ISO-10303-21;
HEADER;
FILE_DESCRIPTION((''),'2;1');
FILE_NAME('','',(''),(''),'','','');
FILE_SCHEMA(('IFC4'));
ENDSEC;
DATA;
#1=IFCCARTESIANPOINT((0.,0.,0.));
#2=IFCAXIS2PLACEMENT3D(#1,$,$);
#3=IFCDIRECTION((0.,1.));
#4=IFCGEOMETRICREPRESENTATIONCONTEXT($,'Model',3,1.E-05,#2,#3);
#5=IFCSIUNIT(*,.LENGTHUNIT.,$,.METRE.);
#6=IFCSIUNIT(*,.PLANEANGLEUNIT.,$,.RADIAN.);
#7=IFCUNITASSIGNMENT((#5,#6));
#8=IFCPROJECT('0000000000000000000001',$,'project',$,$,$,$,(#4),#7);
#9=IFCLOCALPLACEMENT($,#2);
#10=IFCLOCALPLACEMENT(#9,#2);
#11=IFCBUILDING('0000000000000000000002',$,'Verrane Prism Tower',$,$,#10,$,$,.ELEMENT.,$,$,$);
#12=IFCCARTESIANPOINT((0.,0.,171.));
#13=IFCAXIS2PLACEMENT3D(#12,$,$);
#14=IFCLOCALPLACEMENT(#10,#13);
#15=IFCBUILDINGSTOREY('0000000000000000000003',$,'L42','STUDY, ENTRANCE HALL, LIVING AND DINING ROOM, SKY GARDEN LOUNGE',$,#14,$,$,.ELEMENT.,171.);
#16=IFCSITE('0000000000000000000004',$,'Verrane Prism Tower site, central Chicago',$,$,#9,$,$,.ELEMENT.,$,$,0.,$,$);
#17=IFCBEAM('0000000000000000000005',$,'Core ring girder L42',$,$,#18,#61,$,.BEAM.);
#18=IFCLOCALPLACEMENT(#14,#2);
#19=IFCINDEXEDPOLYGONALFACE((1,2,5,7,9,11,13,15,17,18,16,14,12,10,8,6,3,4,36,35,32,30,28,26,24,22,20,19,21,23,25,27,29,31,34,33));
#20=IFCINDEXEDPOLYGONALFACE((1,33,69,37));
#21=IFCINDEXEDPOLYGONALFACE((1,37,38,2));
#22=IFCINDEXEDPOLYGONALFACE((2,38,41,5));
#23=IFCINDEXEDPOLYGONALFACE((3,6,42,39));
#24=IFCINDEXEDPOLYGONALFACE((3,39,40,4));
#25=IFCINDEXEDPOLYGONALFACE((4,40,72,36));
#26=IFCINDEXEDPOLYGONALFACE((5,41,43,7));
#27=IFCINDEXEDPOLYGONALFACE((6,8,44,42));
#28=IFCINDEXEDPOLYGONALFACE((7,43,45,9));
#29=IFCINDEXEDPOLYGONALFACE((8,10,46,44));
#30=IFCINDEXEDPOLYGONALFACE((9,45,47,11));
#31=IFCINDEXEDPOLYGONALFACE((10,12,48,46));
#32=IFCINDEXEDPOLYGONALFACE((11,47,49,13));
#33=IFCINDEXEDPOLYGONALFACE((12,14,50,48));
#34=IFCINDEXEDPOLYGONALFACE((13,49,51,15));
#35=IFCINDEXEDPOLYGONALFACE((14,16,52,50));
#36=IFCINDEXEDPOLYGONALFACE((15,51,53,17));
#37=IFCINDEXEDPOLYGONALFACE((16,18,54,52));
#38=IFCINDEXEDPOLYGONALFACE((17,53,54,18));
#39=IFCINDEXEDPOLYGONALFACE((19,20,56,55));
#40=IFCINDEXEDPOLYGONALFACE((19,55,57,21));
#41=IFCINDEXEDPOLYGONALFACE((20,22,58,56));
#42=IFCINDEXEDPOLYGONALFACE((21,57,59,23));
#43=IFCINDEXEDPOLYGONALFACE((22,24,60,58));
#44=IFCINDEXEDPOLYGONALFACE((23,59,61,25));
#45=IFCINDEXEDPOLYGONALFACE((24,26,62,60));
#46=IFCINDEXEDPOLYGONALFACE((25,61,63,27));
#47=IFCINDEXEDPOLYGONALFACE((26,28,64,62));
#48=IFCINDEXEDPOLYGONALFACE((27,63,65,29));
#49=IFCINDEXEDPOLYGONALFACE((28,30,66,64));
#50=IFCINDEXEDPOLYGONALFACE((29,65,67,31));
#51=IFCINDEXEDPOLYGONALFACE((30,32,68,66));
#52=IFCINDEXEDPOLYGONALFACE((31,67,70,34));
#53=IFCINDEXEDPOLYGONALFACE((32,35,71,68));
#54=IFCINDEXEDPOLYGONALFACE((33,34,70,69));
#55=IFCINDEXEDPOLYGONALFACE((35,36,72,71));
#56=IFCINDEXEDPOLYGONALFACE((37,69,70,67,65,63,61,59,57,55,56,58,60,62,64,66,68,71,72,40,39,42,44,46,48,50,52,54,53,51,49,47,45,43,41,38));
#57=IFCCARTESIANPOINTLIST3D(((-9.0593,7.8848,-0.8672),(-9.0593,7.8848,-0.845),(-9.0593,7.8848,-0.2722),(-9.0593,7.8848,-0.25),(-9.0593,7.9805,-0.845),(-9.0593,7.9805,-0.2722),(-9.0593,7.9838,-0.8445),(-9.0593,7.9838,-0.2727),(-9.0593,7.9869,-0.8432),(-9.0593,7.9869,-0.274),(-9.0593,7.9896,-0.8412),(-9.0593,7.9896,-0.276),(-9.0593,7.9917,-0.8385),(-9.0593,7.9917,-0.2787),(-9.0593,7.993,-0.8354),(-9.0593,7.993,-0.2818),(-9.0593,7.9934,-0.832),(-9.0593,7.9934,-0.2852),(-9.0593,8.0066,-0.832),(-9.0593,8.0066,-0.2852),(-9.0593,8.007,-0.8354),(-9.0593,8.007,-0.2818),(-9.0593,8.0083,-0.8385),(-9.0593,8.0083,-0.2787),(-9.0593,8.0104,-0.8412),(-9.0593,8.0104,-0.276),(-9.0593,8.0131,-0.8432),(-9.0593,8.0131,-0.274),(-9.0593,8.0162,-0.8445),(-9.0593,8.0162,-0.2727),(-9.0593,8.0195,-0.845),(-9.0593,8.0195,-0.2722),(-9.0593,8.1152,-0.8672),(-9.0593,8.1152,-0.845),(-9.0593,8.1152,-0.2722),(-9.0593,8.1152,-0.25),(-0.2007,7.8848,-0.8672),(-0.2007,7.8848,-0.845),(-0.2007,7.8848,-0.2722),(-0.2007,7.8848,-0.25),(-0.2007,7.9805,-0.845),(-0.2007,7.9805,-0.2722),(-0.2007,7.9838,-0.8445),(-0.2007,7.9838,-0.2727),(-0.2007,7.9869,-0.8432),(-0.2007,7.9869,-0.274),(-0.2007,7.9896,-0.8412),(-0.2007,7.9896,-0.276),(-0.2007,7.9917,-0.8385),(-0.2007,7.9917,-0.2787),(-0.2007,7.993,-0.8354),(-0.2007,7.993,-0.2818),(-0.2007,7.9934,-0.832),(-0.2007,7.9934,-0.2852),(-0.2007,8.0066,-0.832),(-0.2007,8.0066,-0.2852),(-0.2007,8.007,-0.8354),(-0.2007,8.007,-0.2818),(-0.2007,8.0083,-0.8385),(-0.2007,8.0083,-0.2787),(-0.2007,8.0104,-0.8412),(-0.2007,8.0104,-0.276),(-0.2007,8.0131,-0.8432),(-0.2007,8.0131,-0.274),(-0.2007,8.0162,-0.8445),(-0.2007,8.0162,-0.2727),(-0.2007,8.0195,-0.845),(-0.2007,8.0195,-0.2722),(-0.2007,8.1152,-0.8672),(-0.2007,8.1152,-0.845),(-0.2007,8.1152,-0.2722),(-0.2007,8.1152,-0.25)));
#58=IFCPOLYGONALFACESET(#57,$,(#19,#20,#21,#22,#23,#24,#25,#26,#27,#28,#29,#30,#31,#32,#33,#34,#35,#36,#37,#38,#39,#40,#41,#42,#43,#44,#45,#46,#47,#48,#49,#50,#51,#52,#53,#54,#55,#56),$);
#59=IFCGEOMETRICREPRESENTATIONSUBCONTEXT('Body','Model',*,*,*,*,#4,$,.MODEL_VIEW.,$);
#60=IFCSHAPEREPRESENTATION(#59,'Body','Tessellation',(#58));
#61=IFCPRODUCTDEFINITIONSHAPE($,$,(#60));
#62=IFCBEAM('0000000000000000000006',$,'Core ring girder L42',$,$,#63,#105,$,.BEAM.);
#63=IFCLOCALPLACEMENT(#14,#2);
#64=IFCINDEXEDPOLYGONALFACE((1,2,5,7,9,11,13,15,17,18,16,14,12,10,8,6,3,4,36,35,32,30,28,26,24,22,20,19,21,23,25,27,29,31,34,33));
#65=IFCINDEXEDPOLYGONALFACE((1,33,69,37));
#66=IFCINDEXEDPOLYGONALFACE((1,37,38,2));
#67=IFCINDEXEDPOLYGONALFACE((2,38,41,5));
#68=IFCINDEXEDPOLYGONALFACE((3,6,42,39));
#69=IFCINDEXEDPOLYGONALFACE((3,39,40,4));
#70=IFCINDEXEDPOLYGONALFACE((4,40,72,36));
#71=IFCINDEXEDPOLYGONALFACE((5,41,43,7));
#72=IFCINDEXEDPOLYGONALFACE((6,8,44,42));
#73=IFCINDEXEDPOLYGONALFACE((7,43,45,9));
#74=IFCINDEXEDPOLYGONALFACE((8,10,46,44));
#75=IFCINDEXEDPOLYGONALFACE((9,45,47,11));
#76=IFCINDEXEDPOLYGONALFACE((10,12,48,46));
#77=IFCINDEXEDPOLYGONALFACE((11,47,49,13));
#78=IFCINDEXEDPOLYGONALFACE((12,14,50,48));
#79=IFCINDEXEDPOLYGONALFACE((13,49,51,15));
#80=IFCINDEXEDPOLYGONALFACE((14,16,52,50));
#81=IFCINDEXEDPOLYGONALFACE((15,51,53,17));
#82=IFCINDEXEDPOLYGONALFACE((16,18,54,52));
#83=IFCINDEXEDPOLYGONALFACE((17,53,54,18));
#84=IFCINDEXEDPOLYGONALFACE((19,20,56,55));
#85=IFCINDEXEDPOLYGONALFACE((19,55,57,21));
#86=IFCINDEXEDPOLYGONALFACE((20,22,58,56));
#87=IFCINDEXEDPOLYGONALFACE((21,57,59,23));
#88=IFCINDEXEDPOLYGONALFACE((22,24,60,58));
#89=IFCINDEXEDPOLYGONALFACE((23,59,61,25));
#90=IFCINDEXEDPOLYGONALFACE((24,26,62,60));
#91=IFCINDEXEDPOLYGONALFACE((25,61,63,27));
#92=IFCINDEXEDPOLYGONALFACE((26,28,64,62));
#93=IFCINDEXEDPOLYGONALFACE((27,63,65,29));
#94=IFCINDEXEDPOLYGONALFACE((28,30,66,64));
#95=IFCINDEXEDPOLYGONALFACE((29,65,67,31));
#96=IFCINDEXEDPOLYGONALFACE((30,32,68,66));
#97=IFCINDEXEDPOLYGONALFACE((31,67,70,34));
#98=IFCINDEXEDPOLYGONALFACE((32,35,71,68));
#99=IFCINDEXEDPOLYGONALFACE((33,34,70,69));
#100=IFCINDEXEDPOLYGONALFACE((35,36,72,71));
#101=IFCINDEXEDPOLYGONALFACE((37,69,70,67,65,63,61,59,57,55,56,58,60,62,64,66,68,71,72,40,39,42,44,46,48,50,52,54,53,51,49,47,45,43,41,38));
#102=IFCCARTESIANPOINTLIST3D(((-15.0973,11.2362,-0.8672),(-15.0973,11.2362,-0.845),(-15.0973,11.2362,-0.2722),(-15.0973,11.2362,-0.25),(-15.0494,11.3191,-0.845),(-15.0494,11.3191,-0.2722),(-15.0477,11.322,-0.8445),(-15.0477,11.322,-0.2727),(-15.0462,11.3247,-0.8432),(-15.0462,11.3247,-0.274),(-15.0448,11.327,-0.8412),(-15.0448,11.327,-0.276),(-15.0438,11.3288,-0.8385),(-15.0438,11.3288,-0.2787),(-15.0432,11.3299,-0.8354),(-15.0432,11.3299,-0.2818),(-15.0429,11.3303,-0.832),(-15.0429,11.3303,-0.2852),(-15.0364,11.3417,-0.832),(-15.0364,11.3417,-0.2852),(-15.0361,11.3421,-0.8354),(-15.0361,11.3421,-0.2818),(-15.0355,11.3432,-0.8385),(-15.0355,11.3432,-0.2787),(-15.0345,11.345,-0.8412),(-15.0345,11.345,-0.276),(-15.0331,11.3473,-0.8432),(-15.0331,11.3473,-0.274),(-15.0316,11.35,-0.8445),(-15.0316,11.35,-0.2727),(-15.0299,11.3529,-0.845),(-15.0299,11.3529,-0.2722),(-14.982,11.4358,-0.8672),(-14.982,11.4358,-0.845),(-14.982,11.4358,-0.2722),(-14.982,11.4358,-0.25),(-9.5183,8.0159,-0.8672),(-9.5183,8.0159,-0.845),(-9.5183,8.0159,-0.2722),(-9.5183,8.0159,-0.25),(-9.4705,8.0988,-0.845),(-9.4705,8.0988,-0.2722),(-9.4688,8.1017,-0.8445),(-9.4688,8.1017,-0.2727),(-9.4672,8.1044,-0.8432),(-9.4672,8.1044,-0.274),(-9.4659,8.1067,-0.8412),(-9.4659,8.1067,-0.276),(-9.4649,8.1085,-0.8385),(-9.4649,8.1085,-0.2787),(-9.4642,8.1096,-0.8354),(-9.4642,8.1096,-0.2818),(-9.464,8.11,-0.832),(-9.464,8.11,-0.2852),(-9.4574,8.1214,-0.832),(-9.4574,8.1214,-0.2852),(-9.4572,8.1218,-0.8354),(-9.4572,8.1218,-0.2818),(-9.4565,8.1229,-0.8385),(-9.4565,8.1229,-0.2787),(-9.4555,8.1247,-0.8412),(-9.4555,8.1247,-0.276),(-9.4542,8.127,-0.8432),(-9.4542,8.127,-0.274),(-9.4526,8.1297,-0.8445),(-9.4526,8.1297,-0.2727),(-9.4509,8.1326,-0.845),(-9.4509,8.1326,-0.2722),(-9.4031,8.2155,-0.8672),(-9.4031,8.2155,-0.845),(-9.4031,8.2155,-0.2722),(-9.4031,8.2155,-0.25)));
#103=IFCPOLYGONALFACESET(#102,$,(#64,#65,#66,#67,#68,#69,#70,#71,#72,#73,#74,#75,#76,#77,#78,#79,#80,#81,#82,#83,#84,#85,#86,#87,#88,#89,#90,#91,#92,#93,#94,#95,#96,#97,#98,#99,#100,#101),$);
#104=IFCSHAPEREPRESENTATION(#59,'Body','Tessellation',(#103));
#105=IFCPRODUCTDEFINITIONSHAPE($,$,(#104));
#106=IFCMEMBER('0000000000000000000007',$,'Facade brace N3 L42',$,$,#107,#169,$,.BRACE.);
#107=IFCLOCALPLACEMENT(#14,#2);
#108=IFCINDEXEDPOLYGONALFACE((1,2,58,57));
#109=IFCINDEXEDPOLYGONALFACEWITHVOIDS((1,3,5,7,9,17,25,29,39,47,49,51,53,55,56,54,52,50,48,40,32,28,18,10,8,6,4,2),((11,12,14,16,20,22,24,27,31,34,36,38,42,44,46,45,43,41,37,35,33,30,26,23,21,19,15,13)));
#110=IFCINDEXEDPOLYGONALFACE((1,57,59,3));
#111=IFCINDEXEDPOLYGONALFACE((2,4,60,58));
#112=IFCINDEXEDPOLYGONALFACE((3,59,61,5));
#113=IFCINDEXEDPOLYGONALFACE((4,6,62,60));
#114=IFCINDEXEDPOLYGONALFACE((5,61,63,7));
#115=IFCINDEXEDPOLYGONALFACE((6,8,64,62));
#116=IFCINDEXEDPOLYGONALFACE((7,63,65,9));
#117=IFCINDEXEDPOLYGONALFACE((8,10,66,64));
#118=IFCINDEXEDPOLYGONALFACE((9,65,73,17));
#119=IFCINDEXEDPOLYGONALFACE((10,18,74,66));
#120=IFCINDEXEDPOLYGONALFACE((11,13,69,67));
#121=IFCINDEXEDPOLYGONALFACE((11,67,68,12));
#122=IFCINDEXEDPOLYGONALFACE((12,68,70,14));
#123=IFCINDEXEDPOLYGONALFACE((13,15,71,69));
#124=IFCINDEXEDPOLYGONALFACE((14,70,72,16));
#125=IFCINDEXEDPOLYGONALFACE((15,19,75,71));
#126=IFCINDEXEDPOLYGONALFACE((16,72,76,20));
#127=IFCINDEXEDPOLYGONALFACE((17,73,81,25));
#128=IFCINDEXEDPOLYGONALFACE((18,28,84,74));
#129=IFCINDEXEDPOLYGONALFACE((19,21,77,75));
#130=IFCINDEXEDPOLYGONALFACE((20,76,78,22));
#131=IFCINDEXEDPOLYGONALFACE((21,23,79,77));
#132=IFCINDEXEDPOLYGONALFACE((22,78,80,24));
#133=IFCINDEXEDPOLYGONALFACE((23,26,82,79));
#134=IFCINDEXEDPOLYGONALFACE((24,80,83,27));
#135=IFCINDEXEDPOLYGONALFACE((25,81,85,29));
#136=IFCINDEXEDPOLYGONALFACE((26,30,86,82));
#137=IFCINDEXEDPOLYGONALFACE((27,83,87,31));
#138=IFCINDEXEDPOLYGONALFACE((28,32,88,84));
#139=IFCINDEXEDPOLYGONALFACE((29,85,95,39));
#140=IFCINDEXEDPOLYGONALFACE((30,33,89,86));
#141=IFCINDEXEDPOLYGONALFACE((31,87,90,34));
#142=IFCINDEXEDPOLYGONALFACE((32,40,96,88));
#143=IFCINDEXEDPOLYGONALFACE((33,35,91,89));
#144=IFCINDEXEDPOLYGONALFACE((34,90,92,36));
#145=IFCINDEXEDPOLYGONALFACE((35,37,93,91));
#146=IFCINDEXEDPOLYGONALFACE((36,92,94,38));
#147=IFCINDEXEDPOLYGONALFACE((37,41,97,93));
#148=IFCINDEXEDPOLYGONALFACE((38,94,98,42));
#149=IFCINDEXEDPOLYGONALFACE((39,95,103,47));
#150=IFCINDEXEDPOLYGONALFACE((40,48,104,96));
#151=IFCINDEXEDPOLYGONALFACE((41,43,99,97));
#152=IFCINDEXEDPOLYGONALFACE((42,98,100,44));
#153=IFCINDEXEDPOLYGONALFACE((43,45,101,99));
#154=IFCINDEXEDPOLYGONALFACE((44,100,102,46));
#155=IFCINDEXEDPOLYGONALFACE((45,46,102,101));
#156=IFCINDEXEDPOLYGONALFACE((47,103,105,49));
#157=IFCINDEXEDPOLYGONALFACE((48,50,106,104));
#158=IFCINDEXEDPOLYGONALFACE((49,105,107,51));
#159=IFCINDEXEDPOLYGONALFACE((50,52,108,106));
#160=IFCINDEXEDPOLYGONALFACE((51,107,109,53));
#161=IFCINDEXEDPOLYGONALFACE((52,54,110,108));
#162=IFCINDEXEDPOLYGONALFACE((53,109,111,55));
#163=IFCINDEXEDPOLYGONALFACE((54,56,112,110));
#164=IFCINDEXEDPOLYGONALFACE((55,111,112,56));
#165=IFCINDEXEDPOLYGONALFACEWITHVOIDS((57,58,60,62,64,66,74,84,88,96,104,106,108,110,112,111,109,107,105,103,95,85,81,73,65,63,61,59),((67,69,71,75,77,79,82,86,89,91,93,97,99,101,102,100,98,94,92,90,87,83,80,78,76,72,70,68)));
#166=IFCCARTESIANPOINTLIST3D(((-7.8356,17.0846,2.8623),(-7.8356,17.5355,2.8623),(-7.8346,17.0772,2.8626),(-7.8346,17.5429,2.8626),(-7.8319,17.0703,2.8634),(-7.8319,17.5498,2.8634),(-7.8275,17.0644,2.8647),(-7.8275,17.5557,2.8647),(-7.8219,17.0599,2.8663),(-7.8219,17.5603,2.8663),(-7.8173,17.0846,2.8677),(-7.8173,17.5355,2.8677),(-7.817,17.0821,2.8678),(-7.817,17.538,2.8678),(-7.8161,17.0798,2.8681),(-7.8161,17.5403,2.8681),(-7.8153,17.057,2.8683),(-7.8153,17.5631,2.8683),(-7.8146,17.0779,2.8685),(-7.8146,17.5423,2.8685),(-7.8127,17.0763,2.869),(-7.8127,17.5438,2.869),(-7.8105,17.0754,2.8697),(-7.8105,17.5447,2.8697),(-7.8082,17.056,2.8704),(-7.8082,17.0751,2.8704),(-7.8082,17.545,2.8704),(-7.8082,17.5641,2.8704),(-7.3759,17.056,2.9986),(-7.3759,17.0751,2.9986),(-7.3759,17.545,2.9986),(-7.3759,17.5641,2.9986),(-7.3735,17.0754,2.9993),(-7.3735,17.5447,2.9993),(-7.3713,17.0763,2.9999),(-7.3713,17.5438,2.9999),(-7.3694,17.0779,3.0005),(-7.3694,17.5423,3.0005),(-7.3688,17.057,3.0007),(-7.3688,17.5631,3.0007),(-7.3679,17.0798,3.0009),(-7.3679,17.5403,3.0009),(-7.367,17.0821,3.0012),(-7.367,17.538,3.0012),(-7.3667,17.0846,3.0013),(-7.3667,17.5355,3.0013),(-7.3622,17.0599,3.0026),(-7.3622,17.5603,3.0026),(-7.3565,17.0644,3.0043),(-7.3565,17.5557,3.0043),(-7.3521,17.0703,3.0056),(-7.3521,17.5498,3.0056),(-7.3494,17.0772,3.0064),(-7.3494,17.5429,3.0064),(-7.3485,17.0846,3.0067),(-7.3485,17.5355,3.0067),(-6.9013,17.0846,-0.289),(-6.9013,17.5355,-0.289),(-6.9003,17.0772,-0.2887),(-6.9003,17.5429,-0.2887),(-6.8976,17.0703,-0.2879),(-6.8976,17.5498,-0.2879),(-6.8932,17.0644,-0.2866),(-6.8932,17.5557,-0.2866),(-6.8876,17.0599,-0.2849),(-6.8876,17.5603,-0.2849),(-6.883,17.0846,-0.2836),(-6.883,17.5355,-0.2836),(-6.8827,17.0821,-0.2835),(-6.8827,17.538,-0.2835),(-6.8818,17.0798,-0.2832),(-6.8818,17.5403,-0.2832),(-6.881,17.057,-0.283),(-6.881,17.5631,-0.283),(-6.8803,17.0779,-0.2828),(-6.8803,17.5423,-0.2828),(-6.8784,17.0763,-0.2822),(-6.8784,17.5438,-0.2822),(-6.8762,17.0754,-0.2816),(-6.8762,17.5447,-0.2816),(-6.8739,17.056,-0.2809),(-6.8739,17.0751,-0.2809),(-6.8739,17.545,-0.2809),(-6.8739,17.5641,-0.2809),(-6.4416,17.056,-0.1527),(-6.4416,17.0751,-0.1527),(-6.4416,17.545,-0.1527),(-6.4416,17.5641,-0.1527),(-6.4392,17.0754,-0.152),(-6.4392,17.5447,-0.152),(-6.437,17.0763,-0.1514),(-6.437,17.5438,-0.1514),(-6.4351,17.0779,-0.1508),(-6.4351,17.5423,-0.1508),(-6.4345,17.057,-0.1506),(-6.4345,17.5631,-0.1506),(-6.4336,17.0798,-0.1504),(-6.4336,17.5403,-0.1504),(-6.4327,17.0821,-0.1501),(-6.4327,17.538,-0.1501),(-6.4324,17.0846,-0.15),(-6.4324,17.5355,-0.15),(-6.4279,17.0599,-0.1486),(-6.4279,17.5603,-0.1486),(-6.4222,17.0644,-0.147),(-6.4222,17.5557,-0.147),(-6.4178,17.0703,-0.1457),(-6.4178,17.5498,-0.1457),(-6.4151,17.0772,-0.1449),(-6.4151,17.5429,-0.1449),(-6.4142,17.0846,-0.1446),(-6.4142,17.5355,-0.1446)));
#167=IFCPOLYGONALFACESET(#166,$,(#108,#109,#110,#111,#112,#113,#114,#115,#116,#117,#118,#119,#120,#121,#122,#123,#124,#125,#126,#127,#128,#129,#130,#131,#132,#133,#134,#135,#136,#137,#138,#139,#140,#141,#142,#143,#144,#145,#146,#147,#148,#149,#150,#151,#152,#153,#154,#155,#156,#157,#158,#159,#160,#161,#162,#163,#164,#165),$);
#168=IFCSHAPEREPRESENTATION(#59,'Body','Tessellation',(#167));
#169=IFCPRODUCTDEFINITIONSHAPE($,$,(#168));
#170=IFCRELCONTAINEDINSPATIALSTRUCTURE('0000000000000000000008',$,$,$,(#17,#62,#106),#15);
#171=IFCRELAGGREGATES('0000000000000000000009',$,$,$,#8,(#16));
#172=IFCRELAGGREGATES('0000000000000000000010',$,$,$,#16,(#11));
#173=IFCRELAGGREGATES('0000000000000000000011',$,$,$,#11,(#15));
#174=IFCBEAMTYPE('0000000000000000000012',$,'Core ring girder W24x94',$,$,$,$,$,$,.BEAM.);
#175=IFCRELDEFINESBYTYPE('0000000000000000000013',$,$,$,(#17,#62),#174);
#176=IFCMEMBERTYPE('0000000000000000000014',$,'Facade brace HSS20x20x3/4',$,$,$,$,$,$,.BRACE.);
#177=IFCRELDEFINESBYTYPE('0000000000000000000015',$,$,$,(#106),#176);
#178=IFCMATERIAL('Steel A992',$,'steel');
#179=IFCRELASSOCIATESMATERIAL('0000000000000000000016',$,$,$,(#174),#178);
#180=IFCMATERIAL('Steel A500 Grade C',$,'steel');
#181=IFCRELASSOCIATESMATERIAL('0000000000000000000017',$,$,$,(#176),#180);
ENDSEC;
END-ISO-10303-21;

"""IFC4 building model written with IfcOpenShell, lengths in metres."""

from ifc_helpers import new_model, si_unit, direction, frame, origin, origin_2d, place, context, subcontext, project, spatial, hollow_rectangle, i_section, extrude, material, material_profile, profile_set, type_object, element, save


model = new_model("IFC4")

# Units and contexts
model_context = context("Model", 3, precision=1e-05, world=origin(), true_north=direction((0.0, 1.0)))
body_context = subcontext(model_context, "Body", "Model", "MODEL_VIEW")
ifc_project = project(units=[si_unit("LENGTHUNIT", "METRE"), si_unit("PLANEANGLEUNIT", "RADIAN")], contexts=[model_context])

# Site, building, storey
site_placement = place(None, origin())
site = spatial("IfcSite", under=ifc_project, at=site_placement, Name="Verrane Prism Tower site, central Chicago", CompositionType="ELEMENT", RefElevation=0.0)
building_placement = place(site_placement, origin())
building = spatial("IfcBuilding", under=site, at=building_placement, Name="Verrane Prism Tower", CompositionType="ELEMENT")
storey_placement = place(building_placement, frame((0.0, 0.0, 171.0)))
storey = spatial("IfcBuildingStorey", under=building, at=storey_placement, Name="L42", Description="STUDY, ENTRANCE HALL, LIVING AND DINING ROOM, SKY GARDEN LOUNGE", CompositionType="ELEMENT", Elevation=171.0)

# Beams
ifc_material_1 = material(Name="Steel A992", Category="steel")
ifc_material_profile_1 = material_profile(ifc_material_1, i_section(OverallWidth=0.2305, OverallDepth=0.6172, WebThickness=0.0132, FlangeThickness=0.0222, FilletRadius=0.0129, at=origin_2d()), Name="W24x94")
ifc_profile_set_1 = profile_set([ifc_material_profile_1], Name="Steel A992")
beam_type_1 = type_object("IfcBeamType", Name="Core ring girder W24x94", PredefinedType="BEAM", material=ifc_profile_set_1)
beam_1_placement = place(storey_placement, frame((-0.2007, 8.0, -0.5586), z_axis=(-1.0, 0.0, 0.0), x_axis=(0.0, -1.0, 0.0)))
element("IfcBeam", 1, at=beam_1_placement, inside=storey, type_object=beam_type_1, Name="Core ring girder L42", PredefinedType="BEAM", context=body_context, shape_type="SweptSolid", body=[
    extrude(i_section(OverallWidth=0.2305, OverallDepth=0.6172, WebThickness=0.0132, FlangeThickness=0.0222, FilletRadius=0.0129, at=origin_2d()), origin(), (0.0, 0.0, 1.0), 8.8586),
])
beam_2_placement = place(storey_placement, frame((-9.4607, 8.1157, -0.5586), z_axis=(-0.866075, 0.499914, 0.0), x_axis=(-0.499914, -0.866075, 0.0)))
element("IfcBeam", 2, at=beam_2_placement, inside=storey, type_object=beam_type_1, Name="Core ring girder L42", PredefinedType="BEAM", context=body_context, shape_type="SweptSolid", body=[
    extrude(i_section(OverallWidth=0.2305, OverallDepth=0.6172, WebThickness=0.0132, FlangeThickness=0.0222, FilletRadius=0.0129, at=origin_2d()), origin(), (0.0, 0.0, 1.0), 6.4417),
])

# Member
ifc_material_2 = material(Name="Steel A500 Grade C", Category="steel")
ifc_material_profile_2 = material_profile(ifc_material_2, hollow_rectangle(XDim=0.5081, YDim=0.5081, WallThickness=0.019, InnerFilletRadius=0.0095, OuterFilletRadius=0.0286, at=origin_2d()), Name="HSS20x20x3/4")
ifc_profile_set_2 = profile_set([ifc_material_profile_2], Name="Steel A500 Grade C")
member_type_1 = type_object("IfcMemberType", Name="Facade brace HSS20x20x3/4", PredefinedType="BRACE", material=ifc_profile_set_2)
member_1_placement = place(storey_placement, frame((-6.6577, 17.3101, -0.2168), z_axis=(-0.284253, 0.0, 0.958749), x_axis=(0.0, -1.0, 0.0)))
element("IfcMember", 3, at=member_1_placement, inside=storey, type_object=member_type_1, Name="Facade brace N3 L42", PredefinedType="BRACE", context=body_context, shape_type="SweptSolid", body=[
    extrude(hollow_rectangle(XDim=0.5081, YDim=0.5081, WallThickness=0.019, InnerFilletRadius=0.0095, OuterFilletRadius=0.0286, at=origin_2d()), origin(), (0.0, 0.0, 1.0), 3.2869),
])

save(model, "model.ifc")
